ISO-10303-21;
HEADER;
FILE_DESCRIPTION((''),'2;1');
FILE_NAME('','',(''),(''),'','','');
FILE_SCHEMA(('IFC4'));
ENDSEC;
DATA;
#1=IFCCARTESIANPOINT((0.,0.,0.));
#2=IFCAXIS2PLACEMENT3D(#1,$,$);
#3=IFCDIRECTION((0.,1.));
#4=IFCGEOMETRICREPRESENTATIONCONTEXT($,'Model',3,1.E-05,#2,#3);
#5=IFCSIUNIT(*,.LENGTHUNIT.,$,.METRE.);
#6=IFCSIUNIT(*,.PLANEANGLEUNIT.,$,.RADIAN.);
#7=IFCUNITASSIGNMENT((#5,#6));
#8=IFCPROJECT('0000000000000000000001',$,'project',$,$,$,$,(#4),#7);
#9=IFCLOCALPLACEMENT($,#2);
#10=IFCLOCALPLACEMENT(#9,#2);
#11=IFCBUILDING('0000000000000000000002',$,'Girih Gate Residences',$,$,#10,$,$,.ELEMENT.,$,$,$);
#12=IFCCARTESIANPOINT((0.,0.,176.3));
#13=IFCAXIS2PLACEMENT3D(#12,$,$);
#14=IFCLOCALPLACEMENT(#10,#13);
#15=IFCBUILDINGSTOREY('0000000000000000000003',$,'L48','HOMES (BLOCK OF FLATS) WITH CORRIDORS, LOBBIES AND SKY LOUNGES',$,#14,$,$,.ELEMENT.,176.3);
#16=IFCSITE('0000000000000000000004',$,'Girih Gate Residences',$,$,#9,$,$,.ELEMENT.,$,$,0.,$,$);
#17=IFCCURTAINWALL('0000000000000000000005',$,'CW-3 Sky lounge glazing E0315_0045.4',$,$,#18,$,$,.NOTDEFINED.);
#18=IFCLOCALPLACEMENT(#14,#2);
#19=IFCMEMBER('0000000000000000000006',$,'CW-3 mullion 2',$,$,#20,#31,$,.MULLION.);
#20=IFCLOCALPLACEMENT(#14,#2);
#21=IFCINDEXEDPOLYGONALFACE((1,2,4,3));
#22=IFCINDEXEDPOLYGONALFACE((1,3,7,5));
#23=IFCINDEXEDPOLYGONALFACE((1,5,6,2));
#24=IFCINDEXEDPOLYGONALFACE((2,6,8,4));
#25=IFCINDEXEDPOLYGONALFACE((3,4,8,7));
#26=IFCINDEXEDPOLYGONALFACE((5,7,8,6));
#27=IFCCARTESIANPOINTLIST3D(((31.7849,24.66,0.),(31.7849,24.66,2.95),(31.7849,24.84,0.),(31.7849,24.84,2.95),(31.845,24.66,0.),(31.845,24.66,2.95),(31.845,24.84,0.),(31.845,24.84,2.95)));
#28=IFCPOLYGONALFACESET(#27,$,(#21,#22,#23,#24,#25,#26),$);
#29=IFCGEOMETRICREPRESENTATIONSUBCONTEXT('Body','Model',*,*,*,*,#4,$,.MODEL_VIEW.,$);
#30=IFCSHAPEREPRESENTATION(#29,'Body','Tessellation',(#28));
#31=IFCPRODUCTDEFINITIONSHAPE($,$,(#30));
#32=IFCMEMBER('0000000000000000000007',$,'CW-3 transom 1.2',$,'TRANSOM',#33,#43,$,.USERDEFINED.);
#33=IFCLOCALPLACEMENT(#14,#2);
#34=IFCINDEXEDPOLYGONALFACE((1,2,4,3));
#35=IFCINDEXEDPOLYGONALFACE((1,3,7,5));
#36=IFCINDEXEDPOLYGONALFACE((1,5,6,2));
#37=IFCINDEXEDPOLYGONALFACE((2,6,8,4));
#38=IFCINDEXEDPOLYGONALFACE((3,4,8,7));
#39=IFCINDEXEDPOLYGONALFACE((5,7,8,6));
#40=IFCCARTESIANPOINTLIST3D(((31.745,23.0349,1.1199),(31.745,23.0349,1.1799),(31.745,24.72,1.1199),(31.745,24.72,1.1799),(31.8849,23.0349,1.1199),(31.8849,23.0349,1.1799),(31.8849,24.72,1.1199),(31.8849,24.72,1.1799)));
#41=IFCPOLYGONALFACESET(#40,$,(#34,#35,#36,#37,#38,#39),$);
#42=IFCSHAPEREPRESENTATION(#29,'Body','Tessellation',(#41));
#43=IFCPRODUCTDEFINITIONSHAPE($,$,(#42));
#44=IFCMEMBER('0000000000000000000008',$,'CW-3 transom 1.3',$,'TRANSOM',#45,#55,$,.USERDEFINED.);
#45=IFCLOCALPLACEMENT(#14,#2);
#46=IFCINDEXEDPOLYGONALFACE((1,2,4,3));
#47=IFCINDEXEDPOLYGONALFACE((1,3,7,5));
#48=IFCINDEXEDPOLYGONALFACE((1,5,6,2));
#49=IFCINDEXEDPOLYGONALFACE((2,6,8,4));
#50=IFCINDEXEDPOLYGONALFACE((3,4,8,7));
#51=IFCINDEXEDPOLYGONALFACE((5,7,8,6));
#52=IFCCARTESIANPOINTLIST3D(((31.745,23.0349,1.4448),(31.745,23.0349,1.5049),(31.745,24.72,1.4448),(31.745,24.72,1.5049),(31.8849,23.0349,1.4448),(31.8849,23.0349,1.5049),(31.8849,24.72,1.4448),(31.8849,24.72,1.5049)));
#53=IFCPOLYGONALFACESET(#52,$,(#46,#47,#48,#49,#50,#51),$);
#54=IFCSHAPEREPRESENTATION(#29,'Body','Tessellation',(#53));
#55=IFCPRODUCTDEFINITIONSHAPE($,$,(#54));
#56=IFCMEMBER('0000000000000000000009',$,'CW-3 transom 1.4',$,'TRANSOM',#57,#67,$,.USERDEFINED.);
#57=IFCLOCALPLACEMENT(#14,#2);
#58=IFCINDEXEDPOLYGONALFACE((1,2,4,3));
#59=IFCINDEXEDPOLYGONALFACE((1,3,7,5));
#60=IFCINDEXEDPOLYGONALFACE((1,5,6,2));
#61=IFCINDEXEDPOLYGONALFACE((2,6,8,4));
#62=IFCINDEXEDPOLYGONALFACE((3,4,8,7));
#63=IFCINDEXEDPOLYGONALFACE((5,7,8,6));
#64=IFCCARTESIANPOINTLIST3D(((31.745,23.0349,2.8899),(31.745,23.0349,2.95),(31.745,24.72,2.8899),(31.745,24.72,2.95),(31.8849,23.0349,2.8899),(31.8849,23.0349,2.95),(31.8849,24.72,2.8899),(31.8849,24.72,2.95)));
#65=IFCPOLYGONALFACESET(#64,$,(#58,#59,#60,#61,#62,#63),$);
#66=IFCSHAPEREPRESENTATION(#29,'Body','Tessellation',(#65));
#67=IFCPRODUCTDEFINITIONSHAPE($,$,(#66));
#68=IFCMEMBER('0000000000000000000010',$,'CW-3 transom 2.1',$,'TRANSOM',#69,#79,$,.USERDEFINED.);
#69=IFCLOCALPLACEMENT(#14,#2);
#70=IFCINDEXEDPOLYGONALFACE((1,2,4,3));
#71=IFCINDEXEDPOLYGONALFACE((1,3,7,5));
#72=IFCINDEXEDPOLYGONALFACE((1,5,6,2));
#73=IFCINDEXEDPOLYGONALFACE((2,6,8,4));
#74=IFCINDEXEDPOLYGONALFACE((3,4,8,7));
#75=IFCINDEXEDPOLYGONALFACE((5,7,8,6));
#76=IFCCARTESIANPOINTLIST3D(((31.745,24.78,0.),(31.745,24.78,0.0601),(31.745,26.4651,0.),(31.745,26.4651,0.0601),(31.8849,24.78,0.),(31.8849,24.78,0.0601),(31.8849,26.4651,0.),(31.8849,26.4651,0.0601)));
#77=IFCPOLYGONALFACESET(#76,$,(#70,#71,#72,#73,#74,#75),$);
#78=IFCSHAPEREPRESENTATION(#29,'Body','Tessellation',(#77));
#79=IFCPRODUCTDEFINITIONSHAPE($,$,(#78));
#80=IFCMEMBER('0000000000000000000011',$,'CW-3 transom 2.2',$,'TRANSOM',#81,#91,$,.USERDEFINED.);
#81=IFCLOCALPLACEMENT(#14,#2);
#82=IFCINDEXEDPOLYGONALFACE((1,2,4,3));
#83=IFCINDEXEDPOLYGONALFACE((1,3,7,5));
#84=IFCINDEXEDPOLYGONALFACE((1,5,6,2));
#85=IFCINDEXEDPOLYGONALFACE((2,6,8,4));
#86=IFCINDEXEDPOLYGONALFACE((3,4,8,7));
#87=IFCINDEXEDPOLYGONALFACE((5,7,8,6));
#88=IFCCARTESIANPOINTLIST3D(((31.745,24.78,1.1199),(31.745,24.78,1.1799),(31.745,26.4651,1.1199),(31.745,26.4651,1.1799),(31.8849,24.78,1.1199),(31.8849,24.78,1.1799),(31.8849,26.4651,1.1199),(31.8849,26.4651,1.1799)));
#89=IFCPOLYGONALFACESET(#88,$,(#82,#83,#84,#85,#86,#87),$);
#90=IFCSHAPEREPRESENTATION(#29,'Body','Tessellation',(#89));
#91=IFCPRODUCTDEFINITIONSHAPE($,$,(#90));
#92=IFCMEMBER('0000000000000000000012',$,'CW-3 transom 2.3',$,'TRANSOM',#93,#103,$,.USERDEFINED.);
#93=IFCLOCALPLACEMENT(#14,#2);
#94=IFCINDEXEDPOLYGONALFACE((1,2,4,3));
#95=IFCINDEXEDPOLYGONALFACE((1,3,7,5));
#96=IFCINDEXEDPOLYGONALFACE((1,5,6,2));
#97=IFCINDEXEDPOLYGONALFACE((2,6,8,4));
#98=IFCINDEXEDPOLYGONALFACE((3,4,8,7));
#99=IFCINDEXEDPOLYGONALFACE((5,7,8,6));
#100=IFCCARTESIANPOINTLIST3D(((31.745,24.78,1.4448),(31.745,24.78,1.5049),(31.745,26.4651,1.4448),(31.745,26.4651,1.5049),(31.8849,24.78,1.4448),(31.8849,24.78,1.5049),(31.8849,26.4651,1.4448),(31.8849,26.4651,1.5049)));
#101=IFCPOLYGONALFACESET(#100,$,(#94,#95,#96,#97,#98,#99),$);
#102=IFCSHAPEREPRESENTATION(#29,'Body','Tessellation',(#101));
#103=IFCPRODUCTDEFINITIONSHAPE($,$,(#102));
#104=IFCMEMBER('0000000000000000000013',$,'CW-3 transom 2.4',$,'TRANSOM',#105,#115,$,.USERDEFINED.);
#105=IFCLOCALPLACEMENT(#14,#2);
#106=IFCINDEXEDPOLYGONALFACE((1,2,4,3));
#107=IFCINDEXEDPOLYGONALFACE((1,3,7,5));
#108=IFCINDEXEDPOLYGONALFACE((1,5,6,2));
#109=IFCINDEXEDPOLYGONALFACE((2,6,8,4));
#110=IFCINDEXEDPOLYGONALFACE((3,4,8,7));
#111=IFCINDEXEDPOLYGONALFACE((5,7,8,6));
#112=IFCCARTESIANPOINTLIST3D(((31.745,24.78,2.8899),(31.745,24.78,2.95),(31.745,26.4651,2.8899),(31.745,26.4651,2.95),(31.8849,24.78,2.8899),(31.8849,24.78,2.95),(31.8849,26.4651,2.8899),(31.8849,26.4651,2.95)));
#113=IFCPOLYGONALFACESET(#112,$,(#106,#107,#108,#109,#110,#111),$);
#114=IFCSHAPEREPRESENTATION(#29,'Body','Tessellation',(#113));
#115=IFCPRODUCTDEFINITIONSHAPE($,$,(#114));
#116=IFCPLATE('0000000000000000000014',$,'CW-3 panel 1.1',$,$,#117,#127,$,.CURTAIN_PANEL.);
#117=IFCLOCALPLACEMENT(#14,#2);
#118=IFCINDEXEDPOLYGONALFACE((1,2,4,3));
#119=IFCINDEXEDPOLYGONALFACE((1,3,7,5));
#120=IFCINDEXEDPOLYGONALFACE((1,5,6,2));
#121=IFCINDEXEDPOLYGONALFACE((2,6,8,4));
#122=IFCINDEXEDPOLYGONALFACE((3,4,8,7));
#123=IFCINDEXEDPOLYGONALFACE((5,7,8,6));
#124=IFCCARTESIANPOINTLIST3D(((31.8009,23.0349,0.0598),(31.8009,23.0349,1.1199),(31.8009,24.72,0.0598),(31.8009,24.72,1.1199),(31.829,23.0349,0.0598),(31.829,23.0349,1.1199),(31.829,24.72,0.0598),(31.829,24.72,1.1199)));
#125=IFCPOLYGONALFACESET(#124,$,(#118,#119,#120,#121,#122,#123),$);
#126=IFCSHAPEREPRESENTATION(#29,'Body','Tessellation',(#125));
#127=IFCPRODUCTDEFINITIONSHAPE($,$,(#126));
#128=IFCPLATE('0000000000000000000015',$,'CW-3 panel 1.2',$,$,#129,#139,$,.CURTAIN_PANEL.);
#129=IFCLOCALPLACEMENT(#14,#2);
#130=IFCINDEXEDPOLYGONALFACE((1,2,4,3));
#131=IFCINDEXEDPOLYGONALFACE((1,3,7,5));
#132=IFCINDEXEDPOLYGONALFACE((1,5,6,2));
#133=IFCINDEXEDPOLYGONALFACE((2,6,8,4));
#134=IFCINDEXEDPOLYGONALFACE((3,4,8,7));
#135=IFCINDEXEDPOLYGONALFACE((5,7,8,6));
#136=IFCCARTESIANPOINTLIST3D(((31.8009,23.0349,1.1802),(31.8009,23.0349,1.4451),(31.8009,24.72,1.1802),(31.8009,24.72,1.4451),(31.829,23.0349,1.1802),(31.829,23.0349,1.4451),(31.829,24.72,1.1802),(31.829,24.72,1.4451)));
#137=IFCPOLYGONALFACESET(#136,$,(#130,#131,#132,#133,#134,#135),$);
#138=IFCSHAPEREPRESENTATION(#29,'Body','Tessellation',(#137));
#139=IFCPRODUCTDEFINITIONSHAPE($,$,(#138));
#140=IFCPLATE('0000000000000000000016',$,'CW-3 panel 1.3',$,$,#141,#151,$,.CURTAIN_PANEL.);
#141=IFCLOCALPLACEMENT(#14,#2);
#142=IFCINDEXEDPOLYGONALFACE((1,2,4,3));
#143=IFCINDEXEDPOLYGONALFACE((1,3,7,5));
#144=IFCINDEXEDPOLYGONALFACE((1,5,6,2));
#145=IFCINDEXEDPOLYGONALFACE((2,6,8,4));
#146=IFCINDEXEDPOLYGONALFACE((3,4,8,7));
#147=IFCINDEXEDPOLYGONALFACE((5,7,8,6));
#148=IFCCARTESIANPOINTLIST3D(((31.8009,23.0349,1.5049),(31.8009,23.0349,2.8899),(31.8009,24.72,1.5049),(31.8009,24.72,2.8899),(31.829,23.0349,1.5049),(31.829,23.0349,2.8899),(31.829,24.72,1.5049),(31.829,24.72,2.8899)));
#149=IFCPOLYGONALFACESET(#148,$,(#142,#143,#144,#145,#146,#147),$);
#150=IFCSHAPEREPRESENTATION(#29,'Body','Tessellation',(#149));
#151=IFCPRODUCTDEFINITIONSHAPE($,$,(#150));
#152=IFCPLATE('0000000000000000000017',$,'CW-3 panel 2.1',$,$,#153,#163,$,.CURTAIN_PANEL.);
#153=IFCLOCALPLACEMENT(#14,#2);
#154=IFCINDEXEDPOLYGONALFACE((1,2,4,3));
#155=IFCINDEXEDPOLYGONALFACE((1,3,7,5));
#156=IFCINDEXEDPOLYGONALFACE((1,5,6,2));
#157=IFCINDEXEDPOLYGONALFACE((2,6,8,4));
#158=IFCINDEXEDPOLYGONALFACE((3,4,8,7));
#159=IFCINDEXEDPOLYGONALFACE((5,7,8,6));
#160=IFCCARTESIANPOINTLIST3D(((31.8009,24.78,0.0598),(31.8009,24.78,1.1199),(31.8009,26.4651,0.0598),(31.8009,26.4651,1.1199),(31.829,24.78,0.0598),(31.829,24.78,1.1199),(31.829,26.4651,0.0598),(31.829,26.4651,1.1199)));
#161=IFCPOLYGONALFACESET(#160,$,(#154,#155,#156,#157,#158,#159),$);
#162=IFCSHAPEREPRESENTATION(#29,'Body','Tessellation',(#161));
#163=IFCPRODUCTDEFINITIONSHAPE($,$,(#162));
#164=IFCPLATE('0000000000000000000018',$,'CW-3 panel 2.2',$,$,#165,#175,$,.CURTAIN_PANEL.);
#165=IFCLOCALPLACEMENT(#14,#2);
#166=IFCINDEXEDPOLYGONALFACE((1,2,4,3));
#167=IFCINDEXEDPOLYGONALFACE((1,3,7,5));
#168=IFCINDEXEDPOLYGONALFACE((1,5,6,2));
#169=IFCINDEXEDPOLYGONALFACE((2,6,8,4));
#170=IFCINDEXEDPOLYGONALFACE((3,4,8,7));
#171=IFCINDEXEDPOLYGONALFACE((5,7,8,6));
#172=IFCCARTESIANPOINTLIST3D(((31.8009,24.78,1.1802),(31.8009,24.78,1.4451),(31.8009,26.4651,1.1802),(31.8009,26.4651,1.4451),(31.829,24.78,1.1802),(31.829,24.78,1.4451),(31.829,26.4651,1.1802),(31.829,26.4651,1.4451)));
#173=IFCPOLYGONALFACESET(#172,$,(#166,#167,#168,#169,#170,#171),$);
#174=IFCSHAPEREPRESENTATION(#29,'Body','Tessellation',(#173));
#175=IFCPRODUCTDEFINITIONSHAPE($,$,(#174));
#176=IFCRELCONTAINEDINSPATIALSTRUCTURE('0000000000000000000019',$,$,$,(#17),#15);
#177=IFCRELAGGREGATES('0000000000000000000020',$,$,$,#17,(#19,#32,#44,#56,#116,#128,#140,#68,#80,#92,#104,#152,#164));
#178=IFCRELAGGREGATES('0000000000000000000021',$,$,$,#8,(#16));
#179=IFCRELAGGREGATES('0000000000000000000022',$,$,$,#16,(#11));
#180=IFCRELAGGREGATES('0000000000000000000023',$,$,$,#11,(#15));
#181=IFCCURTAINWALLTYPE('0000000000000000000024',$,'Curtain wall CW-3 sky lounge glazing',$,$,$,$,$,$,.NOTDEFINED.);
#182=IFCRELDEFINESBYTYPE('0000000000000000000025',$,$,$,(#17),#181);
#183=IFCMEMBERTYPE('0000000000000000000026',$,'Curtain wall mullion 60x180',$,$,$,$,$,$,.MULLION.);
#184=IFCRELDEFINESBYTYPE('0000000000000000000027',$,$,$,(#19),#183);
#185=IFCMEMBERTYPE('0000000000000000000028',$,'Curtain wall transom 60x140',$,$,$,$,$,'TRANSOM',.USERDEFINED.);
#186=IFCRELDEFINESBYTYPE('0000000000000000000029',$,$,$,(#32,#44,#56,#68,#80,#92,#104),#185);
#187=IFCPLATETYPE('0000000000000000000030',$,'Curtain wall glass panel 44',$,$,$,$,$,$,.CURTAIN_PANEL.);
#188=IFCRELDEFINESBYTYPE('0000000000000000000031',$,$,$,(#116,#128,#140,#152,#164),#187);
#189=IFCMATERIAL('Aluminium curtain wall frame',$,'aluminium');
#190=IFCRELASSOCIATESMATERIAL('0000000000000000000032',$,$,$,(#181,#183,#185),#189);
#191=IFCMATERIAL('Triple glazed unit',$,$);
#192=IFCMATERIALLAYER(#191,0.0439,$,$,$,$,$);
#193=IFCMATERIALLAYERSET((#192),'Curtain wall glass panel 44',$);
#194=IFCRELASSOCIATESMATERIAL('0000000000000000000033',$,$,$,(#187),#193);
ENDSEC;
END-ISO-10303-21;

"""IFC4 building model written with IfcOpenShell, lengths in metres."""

from ifc_helpers import new_model, si_unit, direction, frame, origin, origin_2d, place, context, subcontext, project, spatial, rectangle, extrude, material, layer, layer_set, material_profile, profile_set, type_object, element, aggregate, save


model = new_model("IFC4")

# Units and contexts
model_context = context("Model", 3, precision=1e-05, world=origin(), true_north=direction((0.0, 1.0)))
body_context = subcontext(model_context, "Body", "Model", "MODEL_VIEW")
ifc_project = project(units=[si_unit("LENGTHUNIT", "METRE"), si_unit("PLANEANGLEUNIT", "RADIAN")], contexts=[model_context])

# Site, building, storey
site_placement = place(None, origin())
site = spatial("IfcSite", under=ifc_project, at=site_placement, Name="Girih Gate Residences", CompositionType="ELEMENT", RefElevation=0.0)
building_placement = place(site_placement, origin())
building = spatial("IfcBuilding", under=site, at=building_placement, Name="Girih Gate Residences", CompositionType="ELEMENT")
storey_placement = place(building_placement, frame((0.0, 0.0, 176.3)))
storey = spatial("IfcBuildingStorey", under=building, at=storey_placement, Name="L48", Description="HOMES (BLOCK OF FLATS) WITH CORRIDORS, LOBBIES AND SKY LOUNGES", CompositionType="ELEMENT", Elevation=176.3)

# Curtain wall, members, plates
ifc_material_1 = material(Name="Aluminium curtain wall frame", Category="aluminium")
curtain_wall_type = type_object("IfcCurtainWallType", Name="Curtain wall CW-3 sky lounge glazing", PredefinedType="NOTDEFINED", material=ifc_material_1)
curtain_wall_placement = place(storey_placement, origin())
curtain_wall = element("IfcCurtainWall", 1, at=curtain_wall_placement, inside=storey, type_object=curtain_wall_type, Name="CW-3 Sky lounge glazing E0315_0045.4", PredefinedType="NOTDEFINED")
ifc_material_profile_1 = material_profile(ifc_material_1, rectangle(XDim=0.0601, YDim=0.1799, at=origin_2d()))
ifc_profile_set_1 = profile_set([ifc_material_profile_1], Name="Aluminium curtain wall frame")
member_type_1 = type_object("IfcMemberType", Name="Curtain wall mullion 60x180", PredefinedType="MULLION", material=ifc_profile_set_1)
member_1_placement = place(storey_placement, frame((31.8149, 24.75, 0.0), z_axis=(0.0, 0.0, 1.0), x_axis=(-1.0, 0.0, 0.0)))
member_1 = element("IfcMember", 2, at=member_1_placement, type_object=member_type_1, Name="CW-3 mullion 2", PredefinedType="MULLION", context=body_context, shape_type="SweptSolid", body=[
    extrude(rectangle(XDim=0.0601, YDim=0.1799, at=origin_2d()), origin(), (0.0, 0.0, 1.0), 2.95),
])
ifc_material_profile_2 = material_profile(ifc_material_1, rectangle(XDim=0.1399, YDim=0.0601, at=origin_2d()))
ifc_profile_set_2 = profile_set([ifc_material_profile_2], Name="Aluminium curtain wall frame")
member_type_2 = type_object("IfcMemberType", Name="Curtain wall transom 60x140", ElementType="TRANSOM", PredefinedType="USERDEFINED", material=ifc_profile_set_2)
member_2_placement = place(storey_placement, frame((31.8149, 23.0349, 1.1499), z_axis=(0.0, 1.0, 0.0), x_axis=(-1.0, 0.0, 0.0)))
member_2 = element("IfcMember", 3, at=member_2_placement, type_object=member_type_2, Name="CW-3 transom 1.2", ObjectType="TRANSOM", PredefinedType="USERDEFINED", context=body_context, shape_type="SweptSolid", body=[
    extrude(rectangle(XDim=0.1399, YDim=0.0601, at=origin_2d()), origin(), (0.0, 0.0, 1.0), 1.6851),
])
member_3_placement = place(storey_placement, frame((31.8149, 23.0349, 1.4749), z_axis=(0.0, 1.0, 0.0), x_axis=(-1.0, 0.0, 0.0)))
member_3 = element("IfcMember", 4, at=member_3_placement, type_object=member_type_2, Name="CW-3 transom 1.3", ObjectType="TRANSOM", PredefinedType="USERDEFINED", context=body_context, shape_type="SweptSolid", body=[
    extrude(rectangle(XDim=0.1399, YDim=0.0601, at=origin_2d()), origin(), (0.0, 0.0, 1.0), 1.6851),
])
member_4_placement = place(storey_placement, frame((31.8149, 23.0349, 2.9199), z_axis=(0.0, 1.0, 0.0), x_axis=(-1.0, 0.0, 0.0)))
member_4 = element("IfcMember", 5, at=member_4_placement, type_object=member_type_2, Name="CW-3 transom 1.4", ObjectType="TRANSOM", PredefinedType="USERDEFINED", context=body_context, shape_type="SweptSolid", body=[
    extrude(rectangle(XDim=0.1399, YDim=0.0601, at=origin_2d()), origin(), (0.0, 0.0, 1.0), 1.6851),
])
member_5_placement = place(storey_placement, frame((31.8149, 24.78, 0.03), z_axis=(0.0, 1.0, 0.0), x_axis=(-1.0, 0.0, 0.0)))
member_5 = element("IfcMember", 6, at=member_5_placement, type_object=member_type_2, Name="CW-3 transom 2.1", ObjectType="TRANSOM", PredefinedType="USERDEFINED", context=body_context, shape_type="SweptSolid", body=[
    extrude(rectangle(XDim=0.1399, YDim=0.0601, at=origin_2d()), origin(), (0.0, 0.0, 1.0), 1.6851),
])
member_6_placement = place(storey_placement, frame((31.8149, 24.78, 1.1499), z_axis=(0.0, 1.0, 0.0), x_axis=(-1.0, 0.0, 0.0)))
member_6 = element("IfcMember", 7, at=member_6_placement, type_object=member_type_2, Name="CW-3 transom 2.2", ObjectType="TRANSOM", PredefinedType="USERDEFINED", context=body_context, shape_type="SweptSolid", body=[
    extrude(rectangle(XDim=0.1399, YDim=0.0601, at=origin_2d()), origin(), (0.0, 0.0, 1.0), 1.6851),
])
member_7_placement = place(storey_placement, frame((31.8149, 24.78, 1.4749), z_axis=(0.0, 1.0, 0.0), x_axis=(-1.0, 0.0, 0.0)))
member_7 = element("IfcMember", 8, at=member_7_placement, type_object=member_type_2, Name="CW-3 transom 2.3", ObjectType="TRANSOM", PredefinedType="USERDEFINED", context=body_context, shape_type="SweptSolid", body=[
    extrude(rectangle(XDim=0.1399, YDim=0.0601, at=origin_2d()), origin(), (0.0, 0.0, 1.0), 1.6851),
])
member_8_placement = place(storey_placement, frame((31.8149, 24.78, 2.9199), z_axis=(0.0, 1.0, 0.0), x_axis=(-1.0, 0.0, 0.0)))
member_8 = element("IfcMember", 9, at=member_8_placement, type_object=member_type_2, Name="CW-3 transom 2.4", ObjectType="TRANSOM", PredefinedType="USERDEFINED", context=body_context, shape_type="SweptSolid", body=[
    extrude(rectangle(XDim=0.1399, YDim=0.0601, at=origin_2d()), origin(), (0.0, 0.0, 1.0), 1.6851),
])
ifc_material_2 = material(Name="Triple glazed unit")
ifc_layer = layer(ifc_material_2, 0.0439)
ifc_layer_set = layer_set([ifc_layer], Name="Curtain wall glass panel 44")
plate_type = type_object("IfcPlateType", Name="Curtain wall glass panel 44", PredefinedType="CURTAIN_PANEL", material=ifc_layer_set)
plate_1_placement = place(storey_placement, frame((31.8149, 23.8774, 0.0598), z_axis=(0.0, 0.0, 1.0), x_axis=(0.0, 1.0, 0.0)))
plate_1 = element("IfcPlate", 10, at=plate_1_placement, type_object=plate_type, Name="CW-3 panel 1.1", PredefinedType="CURTAIN_PANEL", context=body_context, shape_type="SweptSolid", body=[
    extrude(rectangle(XDim=1.6851, YDim=0.0281, at=origin_2d()), origin(), (0.0, 0.0, 1.0), 1.0601),
])
plate_2_placement = place(storey_placement, frame((31.8149, 23.8774, 1.1802), z_axis=(0.0, 0.0, 1.0), x_axis=(0.0, 1.0, 0.0)))
plate_2 = element("IfcPlate", 11, at=plate_2_placement, type_object=plate_type, Name="CW-3 panel 1.2", PredefinedType="CURTAIN_PANEL", context=body_context, shape_type="SweptSolid", body=[
    extrude(rectangle(XDim=1.6851, YDim=0.0281, at=origin_2d()), origin(), (0.0, 0.0, 1.0), 0.2649),
])
plate_3_placement = place(storey_placement, frame((31.8149, 23.8774, 1.5049), z_axis=(0.0, 0.0, 1.0), x_axis=(0.0, 1.0, 0.0)))
plate_3 = element("IfcPlate", 12, at=plate_3_placement, type_object=plate_type, Name="CW-3 panel 1.3", PredefinedType="CURTAIN_PANEL", context=body_context, shape_type="SweptSolid", body=[
    extrude(rectangle(XDim=1.6851, YDim=0.0281, at=origin_2d()), origin(), (0.0, 0.0, 1.0), 1.385),
])
plate_4_placement = place(storey_placement, frame((31.8149, 25.6226, 0.0598), z_axis=(0.0, 0.0, 1.0), x_axis=(0.0, 1.0, 0.0)))
plate_4 = element("IfcPlate", 13, at=plate_4_placement, type_object=plate_type, Name="CW-3 panel 2.1", PredefinedType="CURTAIN_PANEL", context=body_context, shape_type="SweptSolid", body=[
    extrude(rectangle(XDim=1.6851, YDim=0.0281, at=origin_2d()), origin(), (0.0, 0.0, 1.0), 1.0601),
])
plate_5_placement = place(storey_placement, frame((31.8149, 25.6226, 1.1802), z_axis=(0.0, 0.0, 1.0), x_axis=(0.0, 1.0, 0.0)))
plate_5 = element("IfcPlate", 14, at=plate_5_placement, type_object=plate_type, Name="CW-3 panel 2.2", PredefinedType="CURTAIN_PANEL", context=body_context, shape_type="SweptSolid", body=[
    extrude(rectangle(XDim=1.6851, YDim=0.0281, at=origin_2d()), origin(), (0.0, 0.0, 1.0), 0.2649),
])
aggregate(curtain_wall, [member_1, member_2, member_3, member_4, plate_1, plate_2, plate_3, member_5, member_6, member_7, member_8, plate_4, plate_5])

save(model, "model.ifc")
